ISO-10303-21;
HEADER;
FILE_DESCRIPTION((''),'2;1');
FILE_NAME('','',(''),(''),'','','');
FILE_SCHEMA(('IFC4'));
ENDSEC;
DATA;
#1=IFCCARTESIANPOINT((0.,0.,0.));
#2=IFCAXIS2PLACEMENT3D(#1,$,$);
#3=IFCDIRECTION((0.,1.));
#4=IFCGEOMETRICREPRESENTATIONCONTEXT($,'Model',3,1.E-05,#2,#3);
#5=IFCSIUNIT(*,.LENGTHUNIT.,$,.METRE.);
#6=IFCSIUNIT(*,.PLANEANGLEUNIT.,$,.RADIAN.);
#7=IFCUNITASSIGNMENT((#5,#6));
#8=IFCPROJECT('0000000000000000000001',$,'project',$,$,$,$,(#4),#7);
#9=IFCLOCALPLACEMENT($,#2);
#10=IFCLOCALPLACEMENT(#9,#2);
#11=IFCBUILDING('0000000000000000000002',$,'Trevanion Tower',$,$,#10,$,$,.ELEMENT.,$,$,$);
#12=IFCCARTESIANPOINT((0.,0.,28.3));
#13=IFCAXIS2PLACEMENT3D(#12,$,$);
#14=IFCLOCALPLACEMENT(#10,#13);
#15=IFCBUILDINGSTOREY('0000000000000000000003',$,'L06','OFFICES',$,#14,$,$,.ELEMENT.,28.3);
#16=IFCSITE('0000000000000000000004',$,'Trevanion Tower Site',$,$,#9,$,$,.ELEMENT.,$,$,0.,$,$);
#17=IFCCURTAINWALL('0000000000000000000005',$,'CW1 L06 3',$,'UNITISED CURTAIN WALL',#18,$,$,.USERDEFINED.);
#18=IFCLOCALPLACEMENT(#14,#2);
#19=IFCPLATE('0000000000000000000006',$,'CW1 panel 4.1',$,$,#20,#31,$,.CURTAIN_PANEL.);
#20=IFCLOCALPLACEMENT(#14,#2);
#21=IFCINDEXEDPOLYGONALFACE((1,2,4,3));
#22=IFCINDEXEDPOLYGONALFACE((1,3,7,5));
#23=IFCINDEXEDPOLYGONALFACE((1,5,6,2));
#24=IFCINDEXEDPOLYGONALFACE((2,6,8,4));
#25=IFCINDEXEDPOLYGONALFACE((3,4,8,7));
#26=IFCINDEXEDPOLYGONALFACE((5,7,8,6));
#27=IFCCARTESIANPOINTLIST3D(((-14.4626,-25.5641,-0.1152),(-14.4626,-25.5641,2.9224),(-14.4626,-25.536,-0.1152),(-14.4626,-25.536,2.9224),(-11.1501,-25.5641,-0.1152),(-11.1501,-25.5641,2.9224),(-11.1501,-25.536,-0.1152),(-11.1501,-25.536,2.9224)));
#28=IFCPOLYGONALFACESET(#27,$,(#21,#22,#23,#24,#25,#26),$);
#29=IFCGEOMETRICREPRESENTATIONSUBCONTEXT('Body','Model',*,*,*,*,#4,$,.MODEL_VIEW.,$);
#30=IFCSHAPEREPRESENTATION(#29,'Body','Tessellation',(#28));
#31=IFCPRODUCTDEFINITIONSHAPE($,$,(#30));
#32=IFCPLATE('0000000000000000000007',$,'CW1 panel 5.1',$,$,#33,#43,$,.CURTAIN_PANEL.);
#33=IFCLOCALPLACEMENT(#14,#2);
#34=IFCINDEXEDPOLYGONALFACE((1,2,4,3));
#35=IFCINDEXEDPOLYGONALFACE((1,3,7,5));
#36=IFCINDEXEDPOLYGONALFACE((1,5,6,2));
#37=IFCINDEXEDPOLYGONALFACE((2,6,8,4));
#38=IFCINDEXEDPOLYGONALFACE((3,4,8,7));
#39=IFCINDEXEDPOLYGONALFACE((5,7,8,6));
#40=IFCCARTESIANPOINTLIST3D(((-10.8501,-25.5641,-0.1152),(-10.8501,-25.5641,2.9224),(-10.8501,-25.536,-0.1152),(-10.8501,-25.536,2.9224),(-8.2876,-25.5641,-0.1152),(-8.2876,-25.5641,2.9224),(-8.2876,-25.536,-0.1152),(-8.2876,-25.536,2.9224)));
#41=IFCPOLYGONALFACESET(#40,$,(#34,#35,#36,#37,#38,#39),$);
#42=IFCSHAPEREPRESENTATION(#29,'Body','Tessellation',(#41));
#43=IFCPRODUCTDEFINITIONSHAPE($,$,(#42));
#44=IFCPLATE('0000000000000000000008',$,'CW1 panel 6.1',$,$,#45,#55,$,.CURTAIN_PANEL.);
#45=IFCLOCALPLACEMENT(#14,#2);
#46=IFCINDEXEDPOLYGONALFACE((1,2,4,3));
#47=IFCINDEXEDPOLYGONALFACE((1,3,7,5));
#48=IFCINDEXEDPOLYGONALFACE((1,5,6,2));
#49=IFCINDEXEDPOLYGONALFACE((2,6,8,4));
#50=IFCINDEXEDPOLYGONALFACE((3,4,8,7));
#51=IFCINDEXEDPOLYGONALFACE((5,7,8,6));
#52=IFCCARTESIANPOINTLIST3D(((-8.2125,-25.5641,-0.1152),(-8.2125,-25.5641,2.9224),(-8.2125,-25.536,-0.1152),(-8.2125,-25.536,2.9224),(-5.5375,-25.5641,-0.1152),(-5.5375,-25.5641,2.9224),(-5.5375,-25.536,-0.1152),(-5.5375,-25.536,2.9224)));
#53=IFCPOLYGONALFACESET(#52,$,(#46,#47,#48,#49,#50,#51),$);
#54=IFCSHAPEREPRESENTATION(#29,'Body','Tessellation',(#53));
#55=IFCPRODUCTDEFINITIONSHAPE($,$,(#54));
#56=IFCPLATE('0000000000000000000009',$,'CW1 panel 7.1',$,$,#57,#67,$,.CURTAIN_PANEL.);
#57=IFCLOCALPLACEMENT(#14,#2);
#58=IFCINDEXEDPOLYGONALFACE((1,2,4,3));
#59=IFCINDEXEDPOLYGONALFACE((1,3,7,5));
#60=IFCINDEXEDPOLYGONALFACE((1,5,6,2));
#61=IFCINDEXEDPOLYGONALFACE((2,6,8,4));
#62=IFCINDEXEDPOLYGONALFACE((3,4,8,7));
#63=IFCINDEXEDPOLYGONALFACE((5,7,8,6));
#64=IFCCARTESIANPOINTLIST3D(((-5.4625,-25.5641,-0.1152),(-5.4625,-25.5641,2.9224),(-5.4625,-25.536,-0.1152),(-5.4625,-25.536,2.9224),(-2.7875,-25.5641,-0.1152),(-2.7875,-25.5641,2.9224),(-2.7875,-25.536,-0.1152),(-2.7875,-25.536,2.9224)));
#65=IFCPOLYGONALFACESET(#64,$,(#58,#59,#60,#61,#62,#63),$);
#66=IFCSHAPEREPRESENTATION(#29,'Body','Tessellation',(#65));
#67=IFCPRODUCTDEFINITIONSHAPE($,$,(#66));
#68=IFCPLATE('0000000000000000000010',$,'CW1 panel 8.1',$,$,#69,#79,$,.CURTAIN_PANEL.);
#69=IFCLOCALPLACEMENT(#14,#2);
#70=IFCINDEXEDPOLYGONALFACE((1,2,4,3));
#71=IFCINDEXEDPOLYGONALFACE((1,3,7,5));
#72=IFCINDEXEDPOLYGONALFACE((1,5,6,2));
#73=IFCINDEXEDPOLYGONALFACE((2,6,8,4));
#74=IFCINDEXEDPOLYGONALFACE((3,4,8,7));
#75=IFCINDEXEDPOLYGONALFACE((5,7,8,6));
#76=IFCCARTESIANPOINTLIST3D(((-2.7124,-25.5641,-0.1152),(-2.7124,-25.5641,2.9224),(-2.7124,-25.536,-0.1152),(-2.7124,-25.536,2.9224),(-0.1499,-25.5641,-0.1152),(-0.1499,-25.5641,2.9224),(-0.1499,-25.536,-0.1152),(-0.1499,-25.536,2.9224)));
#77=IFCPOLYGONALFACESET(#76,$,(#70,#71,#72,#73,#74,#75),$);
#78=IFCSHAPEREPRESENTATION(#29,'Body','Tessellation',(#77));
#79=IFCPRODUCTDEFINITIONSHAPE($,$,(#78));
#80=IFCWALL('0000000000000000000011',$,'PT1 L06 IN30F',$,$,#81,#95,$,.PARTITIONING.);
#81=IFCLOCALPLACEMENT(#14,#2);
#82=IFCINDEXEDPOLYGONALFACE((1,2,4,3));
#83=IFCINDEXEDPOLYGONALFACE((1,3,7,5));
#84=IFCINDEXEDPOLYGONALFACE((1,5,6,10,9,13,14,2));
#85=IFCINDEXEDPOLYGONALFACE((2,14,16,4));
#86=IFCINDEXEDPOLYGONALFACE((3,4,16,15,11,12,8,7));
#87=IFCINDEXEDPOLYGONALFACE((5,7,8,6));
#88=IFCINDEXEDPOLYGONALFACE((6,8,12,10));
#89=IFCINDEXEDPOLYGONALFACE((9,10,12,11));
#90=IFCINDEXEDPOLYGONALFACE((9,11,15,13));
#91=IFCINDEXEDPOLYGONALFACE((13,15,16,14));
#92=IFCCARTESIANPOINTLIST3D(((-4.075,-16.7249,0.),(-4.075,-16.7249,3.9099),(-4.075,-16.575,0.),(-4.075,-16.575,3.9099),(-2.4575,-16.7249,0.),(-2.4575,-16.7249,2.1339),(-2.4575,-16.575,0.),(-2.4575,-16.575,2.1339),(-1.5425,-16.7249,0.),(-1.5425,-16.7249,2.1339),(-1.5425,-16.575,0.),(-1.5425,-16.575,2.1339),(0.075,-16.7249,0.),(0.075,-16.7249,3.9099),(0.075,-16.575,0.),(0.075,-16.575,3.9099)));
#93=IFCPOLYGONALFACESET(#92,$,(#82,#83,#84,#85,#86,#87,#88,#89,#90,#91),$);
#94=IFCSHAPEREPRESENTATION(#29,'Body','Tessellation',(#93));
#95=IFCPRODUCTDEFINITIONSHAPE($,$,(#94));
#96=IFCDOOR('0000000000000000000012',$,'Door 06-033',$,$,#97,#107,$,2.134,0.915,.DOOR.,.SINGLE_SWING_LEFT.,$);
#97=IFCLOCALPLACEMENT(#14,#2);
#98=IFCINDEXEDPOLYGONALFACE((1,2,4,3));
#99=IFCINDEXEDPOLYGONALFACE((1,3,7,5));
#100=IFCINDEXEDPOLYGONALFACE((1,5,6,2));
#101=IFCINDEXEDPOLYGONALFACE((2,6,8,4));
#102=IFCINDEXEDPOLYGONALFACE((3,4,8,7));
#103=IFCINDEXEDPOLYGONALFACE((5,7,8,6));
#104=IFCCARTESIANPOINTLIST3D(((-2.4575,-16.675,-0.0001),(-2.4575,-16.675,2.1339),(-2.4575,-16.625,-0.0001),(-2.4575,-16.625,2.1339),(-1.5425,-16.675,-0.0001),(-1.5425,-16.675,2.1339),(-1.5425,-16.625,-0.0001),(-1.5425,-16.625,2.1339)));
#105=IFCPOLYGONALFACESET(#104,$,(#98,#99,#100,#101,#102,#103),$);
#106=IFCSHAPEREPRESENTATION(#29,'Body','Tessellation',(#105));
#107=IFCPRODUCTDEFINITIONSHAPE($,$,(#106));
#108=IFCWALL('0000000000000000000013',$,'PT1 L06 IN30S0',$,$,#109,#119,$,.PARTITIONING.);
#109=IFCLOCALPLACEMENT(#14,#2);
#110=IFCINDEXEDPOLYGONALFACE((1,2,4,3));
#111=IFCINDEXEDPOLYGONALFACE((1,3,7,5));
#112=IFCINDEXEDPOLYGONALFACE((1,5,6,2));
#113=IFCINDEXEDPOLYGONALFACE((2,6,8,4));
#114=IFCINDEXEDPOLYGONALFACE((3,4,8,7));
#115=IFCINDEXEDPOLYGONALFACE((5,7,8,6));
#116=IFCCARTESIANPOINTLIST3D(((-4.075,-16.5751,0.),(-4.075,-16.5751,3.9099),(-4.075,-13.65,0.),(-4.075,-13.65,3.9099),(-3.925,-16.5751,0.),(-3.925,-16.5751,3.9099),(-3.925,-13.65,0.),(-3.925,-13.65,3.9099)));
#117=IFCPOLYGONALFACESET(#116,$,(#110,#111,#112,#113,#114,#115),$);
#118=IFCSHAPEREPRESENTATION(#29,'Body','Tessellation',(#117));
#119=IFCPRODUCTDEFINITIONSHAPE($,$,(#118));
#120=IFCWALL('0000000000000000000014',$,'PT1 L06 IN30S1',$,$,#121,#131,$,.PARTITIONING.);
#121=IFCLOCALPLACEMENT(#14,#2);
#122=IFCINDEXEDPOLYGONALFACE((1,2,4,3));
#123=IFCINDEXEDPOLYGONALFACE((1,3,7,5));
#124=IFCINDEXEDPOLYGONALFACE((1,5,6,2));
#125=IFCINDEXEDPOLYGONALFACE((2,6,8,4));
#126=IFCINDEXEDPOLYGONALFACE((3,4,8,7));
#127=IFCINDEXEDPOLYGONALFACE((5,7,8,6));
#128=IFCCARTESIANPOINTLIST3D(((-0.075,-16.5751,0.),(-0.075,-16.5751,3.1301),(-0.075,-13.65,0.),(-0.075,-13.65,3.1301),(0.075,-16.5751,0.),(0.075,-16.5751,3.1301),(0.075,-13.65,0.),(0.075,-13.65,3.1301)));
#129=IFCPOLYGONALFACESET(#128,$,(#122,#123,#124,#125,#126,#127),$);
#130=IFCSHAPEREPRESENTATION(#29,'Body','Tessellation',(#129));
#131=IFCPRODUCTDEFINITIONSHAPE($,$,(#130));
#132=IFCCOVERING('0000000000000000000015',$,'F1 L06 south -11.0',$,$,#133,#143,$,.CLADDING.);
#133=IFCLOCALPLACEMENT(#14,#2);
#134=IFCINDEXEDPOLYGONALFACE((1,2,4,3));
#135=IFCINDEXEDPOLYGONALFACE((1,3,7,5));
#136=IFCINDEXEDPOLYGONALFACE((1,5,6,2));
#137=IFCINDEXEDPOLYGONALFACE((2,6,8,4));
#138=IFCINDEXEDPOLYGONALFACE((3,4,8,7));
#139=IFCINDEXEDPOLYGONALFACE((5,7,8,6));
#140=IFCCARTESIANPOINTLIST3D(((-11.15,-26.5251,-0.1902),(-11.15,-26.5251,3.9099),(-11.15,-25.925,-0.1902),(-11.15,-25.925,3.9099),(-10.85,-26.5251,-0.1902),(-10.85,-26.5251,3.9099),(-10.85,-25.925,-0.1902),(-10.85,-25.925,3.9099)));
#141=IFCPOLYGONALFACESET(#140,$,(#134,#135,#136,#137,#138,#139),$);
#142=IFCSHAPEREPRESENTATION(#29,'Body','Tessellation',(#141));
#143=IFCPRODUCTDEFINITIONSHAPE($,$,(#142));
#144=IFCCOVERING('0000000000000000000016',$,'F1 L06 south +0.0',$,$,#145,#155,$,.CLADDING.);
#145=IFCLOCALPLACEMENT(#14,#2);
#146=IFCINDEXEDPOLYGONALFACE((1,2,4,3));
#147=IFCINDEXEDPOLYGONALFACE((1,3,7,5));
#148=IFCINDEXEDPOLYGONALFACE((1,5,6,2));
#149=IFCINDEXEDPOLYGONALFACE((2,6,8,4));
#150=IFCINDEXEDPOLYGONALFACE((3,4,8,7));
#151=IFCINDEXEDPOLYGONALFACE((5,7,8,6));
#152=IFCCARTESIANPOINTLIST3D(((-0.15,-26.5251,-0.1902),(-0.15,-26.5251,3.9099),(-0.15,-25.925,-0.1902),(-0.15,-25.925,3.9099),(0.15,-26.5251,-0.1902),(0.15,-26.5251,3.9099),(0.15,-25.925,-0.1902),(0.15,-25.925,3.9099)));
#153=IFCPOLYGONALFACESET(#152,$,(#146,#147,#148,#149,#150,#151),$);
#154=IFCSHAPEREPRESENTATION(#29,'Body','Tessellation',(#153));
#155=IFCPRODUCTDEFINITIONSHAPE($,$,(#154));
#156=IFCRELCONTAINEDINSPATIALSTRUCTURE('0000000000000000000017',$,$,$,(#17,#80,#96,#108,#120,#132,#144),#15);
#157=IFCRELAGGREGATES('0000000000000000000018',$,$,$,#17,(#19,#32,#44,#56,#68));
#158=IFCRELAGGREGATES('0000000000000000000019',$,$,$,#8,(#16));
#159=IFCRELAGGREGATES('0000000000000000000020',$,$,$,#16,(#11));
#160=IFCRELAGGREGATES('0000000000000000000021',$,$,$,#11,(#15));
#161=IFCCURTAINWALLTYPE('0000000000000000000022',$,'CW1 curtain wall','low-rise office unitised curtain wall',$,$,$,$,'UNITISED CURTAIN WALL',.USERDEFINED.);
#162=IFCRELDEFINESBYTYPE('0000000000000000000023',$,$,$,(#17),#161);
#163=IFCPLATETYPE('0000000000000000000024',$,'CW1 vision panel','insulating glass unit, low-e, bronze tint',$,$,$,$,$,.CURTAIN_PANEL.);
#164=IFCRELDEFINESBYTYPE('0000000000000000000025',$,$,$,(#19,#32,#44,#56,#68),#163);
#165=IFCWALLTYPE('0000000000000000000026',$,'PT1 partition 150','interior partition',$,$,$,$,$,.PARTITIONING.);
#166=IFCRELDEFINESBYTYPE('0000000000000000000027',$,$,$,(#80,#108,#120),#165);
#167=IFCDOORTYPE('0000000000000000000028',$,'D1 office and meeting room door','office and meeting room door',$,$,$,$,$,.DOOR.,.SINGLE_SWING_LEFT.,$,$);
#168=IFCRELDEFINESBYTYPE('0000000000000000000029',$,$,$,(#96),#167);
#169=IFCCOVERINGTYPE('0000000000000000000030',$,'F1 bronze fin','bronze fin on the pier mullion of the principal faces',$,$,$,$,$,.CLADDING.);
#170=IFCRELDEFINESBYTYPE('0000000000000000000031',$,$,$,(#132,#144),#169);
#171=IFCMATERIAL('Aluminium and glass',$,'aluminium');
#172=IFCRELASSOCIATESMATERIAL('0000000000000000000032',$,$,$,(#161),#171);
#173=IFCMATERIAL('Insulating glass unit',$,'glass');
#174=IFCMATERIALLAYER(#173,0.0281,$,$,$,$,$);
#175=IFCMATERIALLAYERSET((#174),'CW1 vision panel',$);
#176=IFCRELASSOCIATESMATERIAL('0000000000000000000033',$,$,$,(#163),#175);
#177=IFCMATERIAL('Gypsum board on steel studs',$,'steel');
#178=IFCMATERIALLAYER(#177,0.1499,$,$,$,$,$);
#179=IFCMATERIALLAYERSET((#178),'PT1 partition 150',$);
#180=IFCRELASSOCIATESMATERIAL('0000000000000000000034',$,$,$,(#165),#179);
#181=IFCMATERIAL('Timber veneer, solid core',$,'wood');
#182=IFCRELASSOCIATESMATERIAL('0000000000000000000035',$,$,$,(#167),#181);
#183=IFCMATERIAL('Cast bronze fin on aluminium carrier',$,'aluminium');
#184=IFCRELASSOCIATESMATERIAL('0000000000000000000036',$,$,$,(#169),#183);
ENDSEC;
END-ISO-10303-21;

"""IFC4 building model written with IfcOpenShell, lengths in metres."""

from ifc_helpers import new_model, si_unit, direction, frame, frame_2d, origin, origin_2d, place, context, subcontext, project, spatial, rectangle, extrude, material, layer, layer_set, type_object, element, fill, aggregate, save


model = new_model("IFC4")

# Units and contexts
model_context = context("Model", 3, precision=1e-05, world=origin(), true_north=direction((0.0, 1.0)))
body_context = subcontext(model_context, "Body", "Model", "MODEL_VIEW")
ifc_project = project(units=[si_unit("LENGTHUNIT", "METRE"), si_unit("PLANEANGLEUNIT", "RADIAN")], contexts=[model_context])

# Site, building, storey
site_placement = place(None, origin())
site = spatial("IfcSite", under=ifc_project, at=site_placement, Name="Trevanion Tower Site", CompositionType="ELEMENT", RefElevation=0.0)
building_placement = place(site_placement, origin())
building = spatial("IfcBuilding", under=site, at=building_placement, Name="Trevanion Tower", CompositionType="ELEMENT")
storey_placement = place(building_placement, frame((0.0, 0.0, 28.3)))
storey = spatial("IfcBuildingStorey", under=building, at=storey_placement, Name="L06", Description="OFFICES", CompositionType="ELEMENT", Elevation=28.3)

# Curtain wall
ifc_material_1 = material(Name="Aluminium and glass", Category="aluminium")
curtain_wall_type = type_object("IfcCurtainWallType", Name="CW1 curtain wall", Description="low-rise office unitised curtain wall", ElementType="UNITISED CURTAIN WALL", PredefinedType="USERDEFINED", material=ifc_material_1)
curtain_wall_placement = place(storey_placement, origin())
curtain_wall = element("IfcCurtainWall", 1, at=curtain_wall_placement, inside=storey, type_object=curtain_wall_type, Name="CW1 L06 3", ObjectType="UNITISED CURTAIN WALL", PredefinedType="USERDEFINED")

# Plates
ifc_material_2 = material(Name="Insulating glass unit", Category="glass")
ifc_layer_1 = layer(ifc_material_2, 0.0281)
ifc_layer_set_1 = layer_set([ifc_layer_1], Name="CW1 vision panel")
plate_type_1 = type_object("IfcPlateType", Name="CW1 vision panel", Description="insulating glass unit, low-e, bronze tint", PredefinedType="CURTAIN_PANEL", material=ifc_layer_set_1)
plate_1_placement = place(storey_placement, frame((-12.8064, -25.55, -0.1152), z_axis=(0.0, 0.0, 1.0), x_axis=(1.0, 0.0, 0.0)))
plate_1 = element("IfcPlate", 2, at=plate_1_placement, type_object=plate_type_1, Name="CW1 panel 4.1", PredefinedType="CURTAIN_PANEL", context=body_context, shape_type="SweptSolid", body=[
    extrude(rectangle(XDim=3.3125, YDim=0.0281, at=origin_2d()), origin(), (0.0, 0.0, 1.0), 3.0376),
])
plate_2_placement = place(storey_placement, frame((-9.5688, -25.55, -0.1152), z_axis=(0.0, 0.0, 1.0), x_axis=(1.0, 0.0, 0.0)))
plate_2 = element("IfcPlate", 3, at=plate_2_placement, type_object=plate_type_1, Name="CW1 panel 5.1", PredefinedType="CURTAIN_PANEL", context=body_context, shape_type="SweptSolid", body=[
    extrude(rectangle(XDim=2.5625, YDim=0.0281, at=origin_2d()), origin(), (0.0, 0.0, 1.0), 3.0376),
])
plate_3_placement = place(storey_placement, frame((-6.875, -25.55, -0.1152), z_axis=(0.0, 0.0, 1.0), x_axis=(1.0, 0.0, 0.0)))
plate_3 = element("IfcPlate", 4, at=plate_3_placement, type_object=plate_type_1, Name="CW1 panel 6.1", PredefinedType="CURTAIN_PANEL", context=body_context, shape_type="SweptSolid", body=[
    extrude(rectangle(XDim=2.675, YDim=0.0281, at=origin_2d()), origin(), (0.0, 0.0, 1.0), 3.0376),
])
plate_4_placement = place(storey_placement, frame((-4.125, -25.55, -0.1152), z_axis=(0.0, 0.0, 1.0), x_axis=(1.0, 0.0, 0.0)))
plate_4 = element("IfcPlate", 5, at=plate_4_placement, type_object=plate_type_1, Name="CW1 panel 7.1", PredefinedType="CURTAIN_PANEL", context=body_context, shape_type="SweptSolid", body=[
    extrude(rectangle(XDim=2.675, YDim=0.0281, at=origin_2d()), origin(), (0.0, 0.0, 1.0), 3.0376),
])
plate_5_placement = place(storey_placement, frame((-1.4312, -25.55, -0.1152), z_axis=(0.0, 0.0, 1.0), x_axis=(1.0, 0.0, 0.0)))
plate_5 = element("IfcPlate", 6, at=plate_5_placement, type_object=plate_type_1, Name="CW1 panel 8.1", PredefinedType="CURTAIN_PANEL", context=body_context, shape_type="SweptSolid", body=[
    extrude(rectangle(XDim=2.5625, YDim=0.0281, at=origin_2d()), origin(), (0.0, 0.0, 1.0), 3.0376),
])
aggregate(curtain_wall, [plate_1, plate_2, plate_3, plate_4, plate_5])

# Wall, opening, door
ifc_material_3 = material(Name="Gypsum board on steel studs", Category="steel")
ifc_layer_2 = layer(ifc_material_3, 0.1499)
ifc_layer_set_2 = layer_set([ifc_layer_2], Name="PT1 partition 150")
wall_type = type_object("IfcWallType", Name="PT1 partition 150", Description="interior partition", PredefinedType="PARTITIONING", material=ifc_layer_set_2)
wall_1_placement = place(storey_placement, frame((-4.075, -16.6499, 0.0), z_axis=(0.0, 0.0, 1.0), x_axis=(1.0, 0.0, 0.0)))
wall_1 = element("IfcWall", 7, at=wall_1_placement, inside=storey, type_object=wall_type, Name="PT1 L06 IN30F", PredefinedType="PARTITIONING", context=body_context, shape_type="SweptSolid", body=[
    extrude(rectangle(XDim=4.1499, YDim=0.1499, at=frame_2d((2.075, 0.0))), origin(), (0.0, 0.0, 1.0), 3.9099),
])
opening_placement = place(wall_1_placement, frame((1.6174, 0.0, 0.0)))
opening = element("IfcOpeningElement", 8, at=opening_placement, cuts=wall_1, PredefinedType="OPENING", context=body_context, shape_type="SweptSolid", body=[
    extrude(rectangle(XDim=0.915, YDim=2.134, at=frame_2d((0.4575, 1.0669))), frame((0.0, 0.085, 0.0), z_axis=(0.0, -1.0, 0.0), x_axis=(1.0, 0.0, 0.0)), (0.0, 0.0, 1.0), 0.1699),
])
ifc_material_4 = material(Name="Timber veneer, solid core", Category="wood")
door_type = type_object("IfcDoorType", Name="D1 office and meeting room door", Description="office and meeting room door", OperationType="SINGLE_SWING_LEFT", PredefinedType="DOOR", material=ifc_material_4)
door_placement = place(opening_placement, origin())
door = element("IfcDoor", 9, at=door_placement, inside=storey, type_object=door_type, Name="Door 06-033", OperationType="SINGLE_SWING_LEFT", OverallHeight=2.134, OverallWidth=0.915, PredefinedType="DOOR", context=body_context, shape_type="SweptSolid", body=[
    extrude(rectangle(XDim=0.915, YDim=2.134, at=frame_2d((0.4575, 1.0669))), frame((0.0, 0.0249, 0.0), z_axis=(0.0, -1.0, 0.0), x_axis=(1.0, 0.0, 0.0)), (0.0, 0.0, 1.0), 0.05),
])
fill(opening, door)

# Walls
wall_2_placement = place(storey_placement, frame((-4.0, -16.575, 0.0), z_axis=(0.0, 0.0, 1.0), x_axis=(0.0, 1.0, 0.0)))
element("IfcWall", 10, at=wall_2_placement, inside=storey, type_object=wall_type, Name="PT1 L06 IN30S0", PredefinedType="PARTITIONING", context=body_context, shape_type="SweptSolid", body=[
    extrude(rectangle(XDim=2.925, YDim=0.1499, at=frame_2d((1.4624, 0.0))), origin(), (0.0, 0.0, 1.0), 3.9099),
])
wall_3_placement = place(storey_placement, frame((0.0, -16.575, 0.0), z_axis=(0.0, 0.0, 1.0), x_axis=(0.0, 1.0, 0.0)))
element("IfcWall", 11, at=wall_3_placement, inside=storey, type_object=wall_type, Name="PT1 L06 IN30S1", PredefinedType="PARTITIONING", context=body_context, shape_type="SweptSolid", body=[
    extrude(rectangle(XDim=2.925, YDim=0.1499, at=frame_2d((1.4624, 0.0))), origin(), (0.0, 0.0, 1.0), 3.1301),
])

# Coverings
ifc_material_5 = material(Name="Cast bronze fin on aluminium carrier", Category="aluminium")
covering_type = type_object("IfcCoveringType", Name="F1 bronze fin", Description="bronze fin on the pier mullion of the principal faces", PredefinedType="CLADDING", material=ifc_material_5)
for number, where, z_axis, x_axis, name in (
    (12, (-11.0, -26.2251, -0.1902), (0.0, 0.0, 1.0), (1.0, 0.0, 0.0), "F1 L06 south -11.0"),
    (13, (0.0, -26.2251, -0.1902), (0.0, 0.0, 1.0), (1.0, 0.0, 0.0), "F1 L06 south +0.0"),
):
    element("IfcCovering", number, at=place(storey_placement, frame(where, z_axis=z_axis, x_axis=x_axis)), inside=storey, type_object=covering_type, Name=name, PredefinedType="CLADDING", context=body_context, shape_type="SweptSolid", body=[
        extrude(rectangle(XDim=0.3, YDim=0.6001, at=origin_2d()), origin(), (0.0, 0.0, 1.0), 4.1001),
    ])

save(model, "model.ifc")
